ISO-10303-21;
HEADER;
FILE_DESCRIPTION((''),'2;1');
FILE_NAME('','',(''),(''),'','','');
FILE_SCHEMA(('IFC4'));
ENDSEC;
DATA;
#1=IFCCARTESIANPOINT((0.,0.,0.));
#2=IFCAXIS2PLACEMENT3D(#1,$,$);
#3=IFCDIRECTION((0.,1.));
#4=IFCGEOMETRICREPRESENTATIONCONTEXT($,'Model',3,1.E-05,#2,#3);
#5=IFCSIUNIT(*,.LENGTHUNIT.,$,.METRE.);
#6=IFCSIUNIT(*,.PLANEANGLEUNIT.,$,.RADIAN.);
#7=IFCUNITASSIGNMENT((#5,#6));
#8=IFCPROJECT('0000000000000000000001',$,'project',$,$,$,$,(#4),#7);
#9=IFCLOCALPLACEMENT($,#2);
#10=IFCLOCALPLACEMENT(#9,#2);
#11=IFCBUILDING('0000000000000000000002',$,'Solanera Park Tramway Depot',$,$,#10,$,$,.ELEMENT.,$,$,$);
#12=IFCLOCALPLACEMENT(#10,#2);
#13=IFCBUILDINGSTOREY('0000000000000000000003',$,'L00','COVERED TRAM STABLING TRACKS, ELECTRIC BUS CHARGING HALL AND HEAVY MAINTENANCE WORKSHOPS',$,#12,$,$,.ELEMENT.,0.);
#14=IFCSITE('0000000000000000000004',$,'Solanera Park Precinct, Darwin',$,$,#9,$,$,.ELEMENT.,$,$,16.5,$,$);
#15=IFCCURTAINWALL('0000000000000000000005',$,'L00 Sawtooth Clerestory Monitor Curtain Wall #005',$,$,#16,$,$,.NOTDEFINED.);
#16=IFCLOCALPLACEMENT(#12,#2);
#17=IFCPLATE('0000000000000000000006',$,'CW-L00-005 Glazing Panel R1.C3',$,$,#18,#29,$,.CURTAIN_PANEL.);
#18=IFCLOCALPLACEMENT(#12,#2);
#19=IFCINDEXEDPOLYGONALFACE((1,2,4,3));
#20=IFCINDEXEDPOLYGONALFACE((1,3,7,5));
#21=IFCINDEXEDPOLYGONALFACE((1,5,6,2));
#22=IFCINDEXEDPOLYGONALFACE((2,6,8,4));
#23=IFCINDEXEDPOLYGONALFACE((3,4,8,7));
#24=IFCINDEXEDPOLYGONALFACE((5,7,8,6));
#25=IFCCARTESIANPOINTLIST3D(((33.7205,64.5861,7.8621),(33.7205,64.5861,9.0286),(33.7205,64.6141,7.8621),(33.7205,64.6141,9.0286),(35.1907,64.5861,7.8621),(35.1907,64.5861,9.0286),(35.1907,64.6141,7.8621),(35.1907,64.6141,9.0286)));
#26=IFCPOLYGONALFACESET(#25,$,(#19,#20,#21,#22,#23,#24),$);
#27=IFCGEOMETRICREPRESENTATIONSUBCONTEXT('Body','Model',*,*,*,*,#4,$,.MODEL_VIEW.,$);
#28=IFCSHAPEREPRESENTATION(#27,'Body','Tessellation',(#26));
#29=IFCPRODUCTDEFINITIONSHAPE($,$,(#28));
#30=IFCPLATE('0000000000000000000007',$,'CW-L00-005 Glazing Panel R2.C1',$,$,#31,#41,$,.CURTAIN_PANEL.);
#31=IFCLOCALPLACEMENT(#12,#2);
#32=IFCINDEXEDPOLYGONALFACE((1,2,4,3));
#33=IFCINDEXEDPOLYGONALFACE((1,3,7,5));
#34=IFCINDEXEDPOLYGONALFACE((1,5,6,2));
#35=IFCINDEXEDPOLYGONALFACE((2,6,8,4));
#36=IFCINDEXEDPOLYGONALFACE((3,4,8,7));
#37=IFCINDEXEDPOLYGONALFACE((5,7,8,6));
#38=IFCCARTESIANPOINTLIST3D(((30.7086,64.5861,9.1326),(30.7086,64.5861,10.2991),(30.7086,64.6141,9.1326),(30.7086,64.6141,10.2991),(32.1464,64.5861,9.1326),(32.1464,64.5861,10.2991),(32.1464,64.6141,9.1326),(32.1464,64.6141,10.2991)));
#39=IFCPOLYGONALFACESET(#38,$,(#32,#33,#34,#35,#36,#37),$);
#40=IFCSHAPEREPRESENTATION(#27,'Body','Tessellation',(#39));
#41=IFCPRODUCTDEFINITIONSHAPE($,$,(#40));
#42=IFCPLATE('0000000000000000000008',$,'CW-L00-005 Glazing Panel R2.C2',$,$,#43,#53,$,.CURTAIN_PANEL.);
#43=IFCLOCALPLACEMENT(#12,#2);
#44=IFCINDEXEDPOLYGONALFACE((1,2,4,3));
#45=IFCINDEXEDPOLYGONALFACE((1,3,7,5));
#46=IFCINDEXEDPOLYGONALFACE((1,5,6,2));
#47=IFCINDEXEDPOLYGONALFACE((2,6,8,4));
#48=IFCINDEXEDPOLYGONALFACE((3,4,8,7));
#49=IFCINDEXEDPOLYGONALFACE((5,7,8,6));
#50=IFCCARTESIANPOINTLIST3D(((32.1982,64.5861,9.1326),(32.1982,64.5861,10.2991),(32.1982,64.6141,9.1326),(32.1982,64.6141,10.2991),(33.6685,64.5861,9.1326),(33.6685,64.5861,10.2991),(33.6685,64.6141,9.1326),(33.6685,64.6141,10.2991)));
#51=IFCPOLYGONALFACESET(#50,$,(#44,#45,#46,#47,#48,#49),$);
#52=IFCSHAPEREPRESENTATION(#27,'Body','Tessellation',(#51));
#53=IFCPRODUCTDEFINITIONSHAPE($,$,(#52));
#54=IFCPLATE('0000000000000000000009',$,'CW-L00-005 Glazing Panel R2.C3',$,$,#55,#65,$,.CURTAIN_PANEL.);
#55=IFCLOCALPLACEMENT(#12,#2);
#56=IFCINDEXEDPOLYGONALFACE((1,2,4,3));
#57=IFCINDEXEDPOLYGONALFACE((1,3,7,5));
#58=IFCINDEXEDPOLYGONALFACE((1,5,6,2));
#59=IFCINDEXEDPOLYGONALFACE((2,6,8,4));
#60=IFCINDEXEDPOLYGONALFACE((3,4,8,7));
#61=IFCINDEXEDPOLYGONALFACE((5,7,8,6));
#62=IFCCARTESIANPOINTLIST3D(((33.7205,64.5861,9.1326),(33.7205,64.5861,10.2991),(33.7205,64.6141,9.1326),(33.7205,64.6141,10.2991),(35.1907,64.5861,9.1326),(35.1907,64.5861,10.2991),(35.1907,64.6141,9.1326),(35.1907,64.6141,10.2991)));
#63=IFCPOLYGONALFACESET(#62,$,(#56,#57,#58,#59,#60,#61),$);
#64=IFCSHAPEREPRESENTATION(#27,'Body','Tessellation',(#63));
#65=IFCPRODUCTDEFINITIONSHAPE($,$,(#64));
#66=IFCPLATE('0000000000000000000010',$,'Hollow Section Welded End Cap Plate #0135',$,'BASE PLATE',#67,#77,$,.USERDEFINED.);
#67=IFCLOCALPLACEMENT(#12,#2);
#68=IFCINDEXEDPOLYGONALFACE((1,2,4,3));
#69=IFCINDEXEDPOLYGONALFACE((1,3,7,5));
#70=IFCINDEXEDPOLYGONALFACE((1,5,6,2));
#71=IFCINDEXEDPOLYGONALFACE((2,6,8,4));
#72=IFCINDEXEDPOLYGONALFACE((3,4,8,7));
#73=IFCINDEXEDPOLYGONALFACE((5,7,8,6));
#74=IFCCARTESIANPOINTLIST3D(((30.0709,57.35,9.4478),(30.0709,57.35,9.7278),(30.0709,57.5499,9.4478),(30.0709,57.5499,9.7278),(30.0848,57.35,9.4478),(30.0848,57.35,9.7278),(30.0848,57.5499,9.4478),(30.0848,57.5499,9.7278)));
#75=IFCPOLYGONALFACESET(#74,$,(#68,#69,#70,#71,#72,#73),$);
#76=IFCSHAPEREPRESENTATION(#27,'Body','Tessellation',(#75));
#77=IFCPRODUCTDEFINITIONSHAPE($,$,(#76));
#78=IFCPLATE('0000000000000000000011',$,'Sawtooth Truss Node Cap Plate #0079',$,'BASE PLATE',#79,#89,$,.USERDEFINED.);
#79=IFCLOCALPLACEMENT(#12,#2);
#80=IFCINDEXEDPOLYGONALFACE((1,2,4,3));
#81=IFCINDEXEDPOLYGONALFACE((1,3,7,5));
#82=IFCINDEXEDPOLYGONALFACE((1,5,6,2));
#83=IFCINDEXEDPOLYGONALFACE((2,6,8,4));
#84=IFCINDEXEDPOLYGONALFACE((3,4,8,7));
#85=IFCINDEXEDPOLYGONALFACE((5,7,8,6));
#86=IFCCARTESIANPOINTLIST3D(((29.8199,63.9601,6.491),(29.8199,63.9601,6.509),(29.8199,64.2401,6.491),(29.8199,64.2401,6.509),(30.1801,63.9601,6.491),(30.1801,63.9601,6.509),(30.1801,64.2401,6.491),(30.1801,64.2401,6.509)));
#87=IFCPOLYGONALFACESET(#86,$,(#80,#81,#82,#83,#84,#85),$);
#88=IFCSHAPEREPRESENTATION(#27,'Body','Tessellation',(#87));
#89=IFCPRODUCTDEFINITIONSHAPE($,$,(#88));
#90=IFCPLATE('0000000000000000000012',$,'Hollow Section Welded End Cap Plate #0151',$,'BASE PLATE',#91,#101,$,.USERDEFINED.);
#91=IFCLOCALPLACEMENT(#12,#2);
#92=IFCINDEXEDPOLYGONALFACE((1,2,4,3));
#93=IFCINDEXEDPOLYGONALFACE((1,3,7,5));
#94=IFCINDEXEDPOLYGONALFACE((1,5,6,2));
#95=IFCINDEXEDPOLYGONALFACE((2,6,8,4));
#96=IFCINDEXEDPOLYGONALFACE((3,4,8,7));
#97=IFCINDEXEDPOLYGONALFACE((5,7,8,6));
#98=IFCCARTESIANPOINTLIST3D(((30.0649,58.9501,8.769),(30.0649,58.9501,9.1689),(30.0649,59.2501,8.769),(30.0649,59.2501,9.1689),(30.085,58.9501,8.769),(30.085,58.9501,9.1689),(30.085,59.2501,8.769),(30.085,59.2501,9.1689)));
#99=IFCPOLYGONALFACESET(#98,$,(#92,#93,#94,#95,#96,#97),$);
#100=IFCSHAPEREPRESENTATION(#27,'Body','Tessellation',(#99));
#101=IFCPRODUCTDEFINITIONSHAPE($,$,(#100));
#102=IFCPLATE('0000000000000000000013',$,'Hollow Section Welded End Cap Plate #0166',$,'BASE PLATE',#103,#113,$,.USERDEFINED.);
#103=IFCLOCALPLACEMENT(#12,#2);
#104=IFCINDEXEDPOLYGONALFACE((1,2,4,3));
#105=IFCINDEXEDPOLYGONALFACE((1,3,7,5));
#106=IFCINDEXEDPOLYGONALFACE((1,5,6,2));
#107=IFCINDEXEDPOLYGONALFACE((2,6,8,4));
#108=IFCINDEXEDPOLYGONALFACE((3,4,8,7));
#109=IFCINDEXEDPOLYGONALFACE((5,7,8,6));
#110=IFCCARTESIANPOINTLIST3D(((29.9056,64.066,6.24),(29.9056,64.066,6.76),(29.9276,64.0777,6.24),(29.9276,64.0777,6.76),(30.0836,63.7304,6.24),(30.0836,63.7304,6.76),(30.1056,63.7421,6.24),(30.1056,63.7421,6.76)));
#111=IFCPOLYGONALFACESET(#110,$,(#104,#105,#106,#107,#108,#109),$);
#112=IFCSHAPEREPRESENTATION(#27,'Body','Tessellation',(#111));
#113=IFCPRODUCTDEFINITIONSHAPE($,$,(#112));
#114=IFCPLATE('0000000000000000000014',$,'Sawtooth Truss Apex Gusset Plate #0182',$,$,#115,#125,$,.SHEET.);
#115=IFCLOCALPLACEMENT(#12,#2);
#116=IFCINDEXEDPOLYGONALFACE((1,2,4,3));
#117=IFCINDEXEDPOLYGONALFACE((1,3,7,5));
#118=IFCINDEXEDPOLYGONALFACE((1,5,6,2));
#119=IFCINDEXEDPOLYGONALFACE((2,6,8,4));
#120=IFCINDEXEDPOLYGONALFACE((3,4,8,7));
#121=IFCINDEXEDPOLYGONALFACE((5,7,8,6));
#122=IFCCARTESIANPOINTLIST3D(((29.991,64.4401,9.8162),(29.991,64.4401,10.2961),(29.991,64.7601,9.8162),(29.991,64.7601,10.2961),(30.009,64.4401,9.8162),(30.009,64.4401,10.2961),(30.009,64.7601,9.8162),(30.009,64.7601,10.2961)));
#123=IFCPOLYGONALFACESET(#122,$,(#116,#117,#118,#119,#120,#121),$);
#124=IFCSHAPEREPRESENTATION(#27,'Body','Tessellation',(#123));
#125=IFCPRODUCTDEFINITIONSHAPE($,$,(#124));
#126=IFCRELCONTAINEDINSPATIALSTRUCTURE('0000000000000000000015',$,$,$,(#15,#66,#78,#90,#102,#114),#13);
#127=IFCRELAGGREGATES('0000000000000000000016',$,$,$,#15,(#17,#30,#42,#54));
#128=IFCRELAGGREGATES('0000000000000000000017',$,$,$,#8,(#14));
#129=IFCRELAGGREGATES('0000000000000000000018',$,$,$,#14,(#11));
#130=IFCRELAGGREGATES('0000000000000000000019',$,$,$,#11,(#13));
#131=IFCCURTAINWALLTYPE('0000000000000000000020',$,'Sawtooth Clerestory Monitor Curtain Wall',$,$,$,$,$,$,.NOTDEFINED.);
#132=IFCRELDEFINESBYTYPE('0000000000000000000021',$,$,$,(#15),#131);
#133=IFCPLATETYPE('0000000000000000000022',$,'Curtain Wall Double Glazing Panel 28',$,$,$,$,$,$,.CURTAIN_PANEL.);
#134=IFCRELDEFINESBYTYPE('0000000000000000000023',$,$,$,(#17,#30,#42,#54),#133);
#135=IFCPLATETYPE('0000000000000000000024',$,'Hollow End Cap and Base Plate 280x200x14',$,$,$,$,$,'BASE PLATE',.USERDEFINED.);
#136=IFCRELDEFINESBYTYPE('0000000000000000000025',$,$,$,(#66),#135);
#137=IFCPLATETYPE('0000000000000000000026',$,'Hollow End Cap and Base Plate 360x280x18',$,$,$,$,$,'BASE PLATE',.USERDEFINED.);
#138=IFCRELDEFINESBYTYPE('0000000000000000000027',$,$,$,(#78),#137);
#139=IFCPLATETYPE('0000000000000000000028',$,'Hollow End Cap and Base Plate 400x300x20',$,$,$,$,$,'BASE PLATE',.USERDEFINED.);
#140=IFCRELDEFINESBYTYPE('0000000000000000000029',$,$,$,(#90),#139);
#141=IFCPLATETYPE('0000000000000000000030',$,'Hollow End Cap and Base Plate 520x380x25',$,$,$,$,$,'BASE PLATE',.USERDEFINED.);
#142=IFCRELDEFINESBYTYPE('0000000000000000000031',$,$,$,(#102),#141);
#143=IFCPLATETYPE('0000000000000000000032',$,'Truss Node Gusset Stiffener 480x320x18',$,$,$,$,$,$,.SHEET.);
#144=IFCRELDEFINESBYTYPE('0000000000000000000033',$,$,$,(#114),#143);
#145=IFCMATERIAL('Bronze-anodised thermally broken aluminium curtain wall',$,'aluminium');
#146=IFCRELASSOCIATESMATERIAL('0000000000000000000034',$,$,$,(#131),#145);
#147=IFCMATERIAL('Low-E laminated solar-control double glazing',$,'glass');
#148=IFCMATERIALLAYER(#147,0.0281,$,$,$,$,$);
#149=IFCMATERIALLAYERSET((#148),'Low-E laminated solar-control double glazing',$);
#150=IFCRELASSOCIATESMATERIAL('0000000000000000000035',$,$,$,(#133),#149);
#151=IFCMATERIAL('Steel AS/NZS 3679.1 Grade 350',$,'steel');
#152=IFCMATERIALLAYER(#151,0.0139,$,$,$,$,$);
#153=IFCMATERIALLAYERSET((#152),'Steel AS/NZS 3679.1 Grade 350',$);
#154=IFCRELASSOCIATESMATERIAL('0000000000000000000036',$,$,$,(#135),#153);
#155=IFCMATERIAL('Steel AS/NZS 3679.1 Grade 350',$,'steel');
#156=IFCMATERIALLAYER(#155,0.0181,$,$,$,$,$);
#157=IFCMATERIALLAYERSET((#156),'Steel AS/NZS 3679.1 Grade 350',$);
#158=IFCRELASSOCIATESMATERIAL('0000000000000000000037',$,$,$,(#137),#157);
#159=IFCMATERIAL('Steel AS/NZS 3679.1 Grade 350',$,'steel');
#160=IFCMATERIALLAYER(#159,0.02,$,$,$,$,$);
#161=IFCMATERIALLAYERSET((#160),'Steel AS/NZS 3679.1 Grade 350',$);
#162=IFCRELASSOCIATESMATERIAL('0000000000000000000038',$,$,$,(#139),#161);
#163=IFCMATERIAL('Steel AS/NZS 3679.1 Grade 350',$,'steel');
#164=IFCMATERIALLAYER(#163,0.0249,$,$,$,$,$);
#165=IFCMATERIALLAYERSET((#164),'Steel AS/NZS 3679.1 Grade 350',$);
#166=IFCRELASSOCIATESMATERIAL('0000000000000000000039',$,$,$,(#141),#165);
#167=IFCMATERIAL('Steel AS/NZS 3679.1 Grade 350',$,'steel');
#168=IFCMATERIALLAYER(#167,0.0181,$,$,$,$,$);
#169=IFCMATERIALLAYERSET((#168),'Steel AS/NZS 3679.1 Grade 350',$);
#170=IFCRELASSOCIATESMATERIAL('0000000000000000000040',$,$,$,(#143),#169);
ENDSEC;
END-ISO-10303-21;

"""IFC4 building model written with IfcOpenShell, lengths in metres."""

from ifc_helpers import new_model, si_unit, direction, frame, origin, origin_2d, place, context, subcontext, project, spatial, rectangle, extrude, material, layer, layer_set, type_object, element, aggregate, save


model = new_model("IFC4")

# Units and contexts
model_context = context("Model", 3, precision=1e-05, world=origin(), true_north=direction((0.0, 1.0)))
body_context = subcontext(model_context, "Body", "Model", "MODEL_VIEW")
ifc_project = project(units=[si_unit("LENGTHUNIT", "METRE"), si_unit("PLANEANGLEUNIT", "RADIAN")], contexts=[model_context])

# Site, building, storey
site_placement = place(None, origin())
site = spatial("IfcSite", under=ifc_project, at=site_placement, Name="Solanera Park Precinct, Darwin", CompositionType="ELEMENT", RefElevation=16.5)
building_placement = place(site_placement, origin())
building = spatial("IfcBuilding", under=site, at=building_placement, Name="Solanera Park Tramway Depot", CompositionType="ELEMENT")
storey_placement = place(building_placement, origin())
storey = spatial("IfcBuildingStorey", under=building, at=storey_placement, Name="L00", Description="COVERED TRAM STABLING TRACKS, ELECTRIC BUS CHARGING HALL AND HEAVY MAINTENANCE WORKSHOPS", CompositionType="ELEMENT", Elevation=0.0)

# Curtain wall
ifc_material_1 = material(Name="Bronze-anodised thermally broken aluminium curtain wall", Category="aluminium")
curtain_wall_type = type_object("IfcCurtainWallType", Name="Sawtooth Clerestory Monitor Curtain Wall", PredefinedType="NOTDEFINED", material=ifc_material_1)
curtain_wall_placement = place(storey_placement, origin())
curtain_wall = element("IfcCurtainWall", 1, at=curtain_wall_placement, inside=storey, type_object=curtain_wall_type, Name="L00 Sawtooth Clerestory Monitor Curtain Wall #005", PredefinedType="NOTDEFINED")

# Plates
ifc_material_2 = material(Name="Low-E laminated solar-control double glazing", Category="glass")
ifc_layer_1 = layer(ifc_material_2, 0.0281)
ifc_layer_set_1 = layer_set([ifc_layer_1], Name="Low-E laminated solar-control double glazing")
plate_type_1 = type_object("IfcPlateType", Name="Curtain Wall Double Glazing Panel 28", PredefinedType="CURTAIN_PANEL", material=ifc_layer_set_1)
plate_1_placement = place(storey_placement, frame((34.4556, 64.6001, 7.8621), z_axis=(0.0, 0.0, 1.0), x_axis=(1.0, 0.0, 0.0)))
plate_1 = element("IfcPlate", 2, at=plate_1_placement, type_object=plate_type_1, Name="CW-L00-005 Glazing Panel R1.C3", PredefinedType="CURTAIN_PANEL", context=body_context, shape_type="SweptSolid", body=[
    extrude(rectangle(XDim=1.4702, YDim=0.0281, at=origin_2d()), origin(), (0.0, 0.0, 1.0), 1.1665),
])
plate_2_placement = place(storey_placement, frame((31.4275, 64.6001, 9.1326), z_axis=(0.0, 0.0, 1.0), x_axis=(1.0, 0.0, 0.0)))
plate_2 = element("IfcPlate", 3, at=plate_2_placement, type_object=plate_type_1, Name="CW-L00-005 Glazing Panel R2.C1", PredefinedType="CURTAIN_PANEL", context=body_context, shape_type="SweptSolid", body=[
    extrude(rectangle(XDim=1.4377, YDim=0.0281, at=origin_2d()), origin(), (0.0, 0.0, 1.0), 1.1665),
])
plate_3_placement = place(storey_placement, frame((32.9333, 64.6001, 9.1326), z_axis=(0.0, 0.0, 1.0), x_axis=(1.0, 0.0, 0.0)))
plate_3 = element("IfcPlate", 4, at=plate_3_placement, type_object=plate_type_1, Name="CW-L00-005 Glazing Panel R2.C2", PredefinedType="CURTAIN_PANEL", context=body_context, shape_type="SweptSolid", body=[
    extrude(rectangle(XDim=1.4702, YDim=0.0281, at=origin_2d()), origin(), (0.0, 0.0, 1.0), 1.1665),
])
plate_4_placement = place(storey_placement, frame((34.4556, 64.6001, 9.1326), z_axis=(0.0, 0.0, 1.0), x_axis=(1.0, 0.0, 0.0)))
plate_4 = element("IfcPlate", 5, at=plate_4_placement, type_object=plate_type_1, Name="CW-L00-005 Glazing Panel R2.C3", PredefinedType="CURTAIN_PANEL", context=body_context, shape_type="SweptSolid", body=[
    extrude(rectangle(XDim=1.4702, YDim=0.0281, at=origin_2d()), origin(), (0.0, 0.0, 1.0), 1.1665),
])
aggregate(curtain_wall, [plate_1, plate_2, plate_3, plate_4])

# Plates
ifc_material_3 = material(Name="Steel AS/NZS 3679.1 Grade 350", Category="steel")
ifc_layer_2 = layer(ifc_material_3, 0.0139)
ifc_layer_set_2 = layer_set([ifc_layer_2], Name="Steel AS/NZS 3679.1 Grade 350")
plate_type_2 = type_object("IfcPlateType", Name="Hollow End Cap and Base Plate 280x200x14", ElementType="BASE PLATE", PredefinedType="USERDEFINED", material=ifc_layer_set_2)
plate_5_placement = place(storey_placement, frame((30.0779, 57.45, 9.4478), z_axis=(0.0, 0.0, 1.0), x_axis=(1.0, 0.0, 0.0)))
element("IfcPlate", 6, at=plate_5_placement, inside=storey, type_object=plate_type_2, Name="Hollow Section Welded End Cap Plate #0135", ObjectType="BASE PLATE", PredefinedType="USERDEFINED", context=body_context, shape_type="SweptSolid", body=[
    extrude(rectangle(XDim=0.0139, YDim=0.2, at=origin_2d()), origin(), (0.0, 0.0, 1.0), 0.28),
])
ifc_material_4 = material(Name="Steel AS/NZS 3679.1 Grade 350", Category="steel")
ifc_layer_3 = layer(ifc_material_4, 0.0181)
ifc_layer_set_3 = layer_set([ifc_layer_3], Name="Steel AS/NZS 3679.1 Grade 350")
plate_type_3 = type_object("IfcPlateType", Name="Hollow End Cap and Base Plate 360x280x18", ElementType="BASE PLATE", PredefinedType="USERDEFINED", material=ifc_layer_set_3)
plate_6_placement = place(storey_placement, frame((30.0, 64.1001, 6.491), z_axis=(0.0, 0.0, 1.0), x_axis=(1.0, 0.0, 0.0)))
element("IfcPlate", 7, at=plate_6_placement, inside=storey, type_object=plate_type_3, Name="Sawtooth Truss Node Cap Plate #0079", ObjectType="BASE PLATE", PredefinedType="USERDEFINED", context=body_context, shape_type="SweptSolid", body=[
    extrude(rectangle(XDim=0.3601, YDim=0.28, at=origin_2d()), origin(), (0.0, 0.0, 1.0), 0.0181),
])
ifc_material_5 = material(Name="Steel AS/NZS 3679.1 Grade 350", Category="steel")
ifc_layer_4 = layer(ifc_material_5, 0.02)
ifc_layer_set_4 = layer_set([ifc_layer_4], Name="Steel AS/NZS 3679.1 Grade 350")
plate_type_4 = type_object("IfcPlateType", Name="Hollow End Cap and Base Plate 400x300x20", ElementType="BASE PLATE", PredefinedType="USERDEFINED", material=ifc_layer_set_4)
plate_7_placement = place(storey_placement, frame((30.075, 59.1001, 8.769), z_axis=(0.0, 0.0, 1.0), x_axis=(1.0, 0.0, 0.0)))
element("IfcPlate", 8, at=plate_7_placement, inside=storey, type_object=plate_type_4, Name="Hollow Section Welded End Cap Plate #0151", ObjectType="BASE PLATE", PredefinedType="USERDEFINED", context=body_context, shape_type="SweptSolid", body=[
    extrude(rectangle(XDim=0.02, YDim=0.3, at=origin_2d()), origin(), (0.0, 0.0, 1.0), 0.3999),
])
ifc_material_6 = material(Name="Steel AS/NZS 3679.1 Grade 350", Category="steel")
ifc_layer_5 = layer(ifc_material_6, 0.0249)
ifc_layer_set_5 = layer_set([ifc_layer_5], Name="Steel AS/NZS 3679.1 Grade 350")
plate_type_5 = type_object("IfcPlateType", Name="Hollow End Cap and Base Plate 520x380x25", ElementType="BASE PLATE", PredefinedType="USERDEFINED", material=ifc_layer_set_5)
plate_8_placement = place(storey_placement, frame((30.0056, 63.9041, 6.24), z_axis=(0.0, 0.0, 1.0), x_axis=(0.883521, 0.468392, 0.0)))
element("IfcPlate", 9, at=plate_8_placement, inside=storey, type_object=plate_type_5, Name="Hollow Section Welded End Cap Plate #0166", ObjectType="BASE PLATE", PredefinedType="USERDEFINED", context=body_context, shape_type="SweptSolid", body=[
    extrude(rectangle(XDim=0.0249, YDim=0.3799, at=origin_2d()), origin(), (0.0, 0.0, 1.0), 0.52),
])
ifc_material_7 = material(Name="Steel AS/NZS 3679.1 Grade 350", Category="steel")
ifc_layer_6 = layer(ifc_material_7, 0.0181)
ifc_layer_set_6 = layer_set([ifc_layer_6], Name="Steel AS/NZS 3679.1 Grade 350")
plate_type_6 = type_object("IfcPlateType", Name="Truss Node Gusset Stiffener 480x320x18", PredefinedType="SHEET", material=ifc_layer_set_6)
plate_9_placement = place(storey_placement, frame((30.0, 64.6001, 9.8162), z_axis=(0.0, 0.0, 1.0), x_axis=(1.0, 0.0, 0.0)))
element("IfcPlate", 10, at=plate_9_placement, inside=storey, type_object=plate_type_6, Name="Sawtooth Truss Apex Gusset Plate #0182", PredefinedType="SHEET", context=body_context, shape_type="SweptSolid", body=[
    extrude(rectangle(XDim=0.0181, YDim=0.3201, at=origin_2d()), origin(), (0.0, 0.0, 1.0), 0.48),
])

save(model, "model.ifc")
